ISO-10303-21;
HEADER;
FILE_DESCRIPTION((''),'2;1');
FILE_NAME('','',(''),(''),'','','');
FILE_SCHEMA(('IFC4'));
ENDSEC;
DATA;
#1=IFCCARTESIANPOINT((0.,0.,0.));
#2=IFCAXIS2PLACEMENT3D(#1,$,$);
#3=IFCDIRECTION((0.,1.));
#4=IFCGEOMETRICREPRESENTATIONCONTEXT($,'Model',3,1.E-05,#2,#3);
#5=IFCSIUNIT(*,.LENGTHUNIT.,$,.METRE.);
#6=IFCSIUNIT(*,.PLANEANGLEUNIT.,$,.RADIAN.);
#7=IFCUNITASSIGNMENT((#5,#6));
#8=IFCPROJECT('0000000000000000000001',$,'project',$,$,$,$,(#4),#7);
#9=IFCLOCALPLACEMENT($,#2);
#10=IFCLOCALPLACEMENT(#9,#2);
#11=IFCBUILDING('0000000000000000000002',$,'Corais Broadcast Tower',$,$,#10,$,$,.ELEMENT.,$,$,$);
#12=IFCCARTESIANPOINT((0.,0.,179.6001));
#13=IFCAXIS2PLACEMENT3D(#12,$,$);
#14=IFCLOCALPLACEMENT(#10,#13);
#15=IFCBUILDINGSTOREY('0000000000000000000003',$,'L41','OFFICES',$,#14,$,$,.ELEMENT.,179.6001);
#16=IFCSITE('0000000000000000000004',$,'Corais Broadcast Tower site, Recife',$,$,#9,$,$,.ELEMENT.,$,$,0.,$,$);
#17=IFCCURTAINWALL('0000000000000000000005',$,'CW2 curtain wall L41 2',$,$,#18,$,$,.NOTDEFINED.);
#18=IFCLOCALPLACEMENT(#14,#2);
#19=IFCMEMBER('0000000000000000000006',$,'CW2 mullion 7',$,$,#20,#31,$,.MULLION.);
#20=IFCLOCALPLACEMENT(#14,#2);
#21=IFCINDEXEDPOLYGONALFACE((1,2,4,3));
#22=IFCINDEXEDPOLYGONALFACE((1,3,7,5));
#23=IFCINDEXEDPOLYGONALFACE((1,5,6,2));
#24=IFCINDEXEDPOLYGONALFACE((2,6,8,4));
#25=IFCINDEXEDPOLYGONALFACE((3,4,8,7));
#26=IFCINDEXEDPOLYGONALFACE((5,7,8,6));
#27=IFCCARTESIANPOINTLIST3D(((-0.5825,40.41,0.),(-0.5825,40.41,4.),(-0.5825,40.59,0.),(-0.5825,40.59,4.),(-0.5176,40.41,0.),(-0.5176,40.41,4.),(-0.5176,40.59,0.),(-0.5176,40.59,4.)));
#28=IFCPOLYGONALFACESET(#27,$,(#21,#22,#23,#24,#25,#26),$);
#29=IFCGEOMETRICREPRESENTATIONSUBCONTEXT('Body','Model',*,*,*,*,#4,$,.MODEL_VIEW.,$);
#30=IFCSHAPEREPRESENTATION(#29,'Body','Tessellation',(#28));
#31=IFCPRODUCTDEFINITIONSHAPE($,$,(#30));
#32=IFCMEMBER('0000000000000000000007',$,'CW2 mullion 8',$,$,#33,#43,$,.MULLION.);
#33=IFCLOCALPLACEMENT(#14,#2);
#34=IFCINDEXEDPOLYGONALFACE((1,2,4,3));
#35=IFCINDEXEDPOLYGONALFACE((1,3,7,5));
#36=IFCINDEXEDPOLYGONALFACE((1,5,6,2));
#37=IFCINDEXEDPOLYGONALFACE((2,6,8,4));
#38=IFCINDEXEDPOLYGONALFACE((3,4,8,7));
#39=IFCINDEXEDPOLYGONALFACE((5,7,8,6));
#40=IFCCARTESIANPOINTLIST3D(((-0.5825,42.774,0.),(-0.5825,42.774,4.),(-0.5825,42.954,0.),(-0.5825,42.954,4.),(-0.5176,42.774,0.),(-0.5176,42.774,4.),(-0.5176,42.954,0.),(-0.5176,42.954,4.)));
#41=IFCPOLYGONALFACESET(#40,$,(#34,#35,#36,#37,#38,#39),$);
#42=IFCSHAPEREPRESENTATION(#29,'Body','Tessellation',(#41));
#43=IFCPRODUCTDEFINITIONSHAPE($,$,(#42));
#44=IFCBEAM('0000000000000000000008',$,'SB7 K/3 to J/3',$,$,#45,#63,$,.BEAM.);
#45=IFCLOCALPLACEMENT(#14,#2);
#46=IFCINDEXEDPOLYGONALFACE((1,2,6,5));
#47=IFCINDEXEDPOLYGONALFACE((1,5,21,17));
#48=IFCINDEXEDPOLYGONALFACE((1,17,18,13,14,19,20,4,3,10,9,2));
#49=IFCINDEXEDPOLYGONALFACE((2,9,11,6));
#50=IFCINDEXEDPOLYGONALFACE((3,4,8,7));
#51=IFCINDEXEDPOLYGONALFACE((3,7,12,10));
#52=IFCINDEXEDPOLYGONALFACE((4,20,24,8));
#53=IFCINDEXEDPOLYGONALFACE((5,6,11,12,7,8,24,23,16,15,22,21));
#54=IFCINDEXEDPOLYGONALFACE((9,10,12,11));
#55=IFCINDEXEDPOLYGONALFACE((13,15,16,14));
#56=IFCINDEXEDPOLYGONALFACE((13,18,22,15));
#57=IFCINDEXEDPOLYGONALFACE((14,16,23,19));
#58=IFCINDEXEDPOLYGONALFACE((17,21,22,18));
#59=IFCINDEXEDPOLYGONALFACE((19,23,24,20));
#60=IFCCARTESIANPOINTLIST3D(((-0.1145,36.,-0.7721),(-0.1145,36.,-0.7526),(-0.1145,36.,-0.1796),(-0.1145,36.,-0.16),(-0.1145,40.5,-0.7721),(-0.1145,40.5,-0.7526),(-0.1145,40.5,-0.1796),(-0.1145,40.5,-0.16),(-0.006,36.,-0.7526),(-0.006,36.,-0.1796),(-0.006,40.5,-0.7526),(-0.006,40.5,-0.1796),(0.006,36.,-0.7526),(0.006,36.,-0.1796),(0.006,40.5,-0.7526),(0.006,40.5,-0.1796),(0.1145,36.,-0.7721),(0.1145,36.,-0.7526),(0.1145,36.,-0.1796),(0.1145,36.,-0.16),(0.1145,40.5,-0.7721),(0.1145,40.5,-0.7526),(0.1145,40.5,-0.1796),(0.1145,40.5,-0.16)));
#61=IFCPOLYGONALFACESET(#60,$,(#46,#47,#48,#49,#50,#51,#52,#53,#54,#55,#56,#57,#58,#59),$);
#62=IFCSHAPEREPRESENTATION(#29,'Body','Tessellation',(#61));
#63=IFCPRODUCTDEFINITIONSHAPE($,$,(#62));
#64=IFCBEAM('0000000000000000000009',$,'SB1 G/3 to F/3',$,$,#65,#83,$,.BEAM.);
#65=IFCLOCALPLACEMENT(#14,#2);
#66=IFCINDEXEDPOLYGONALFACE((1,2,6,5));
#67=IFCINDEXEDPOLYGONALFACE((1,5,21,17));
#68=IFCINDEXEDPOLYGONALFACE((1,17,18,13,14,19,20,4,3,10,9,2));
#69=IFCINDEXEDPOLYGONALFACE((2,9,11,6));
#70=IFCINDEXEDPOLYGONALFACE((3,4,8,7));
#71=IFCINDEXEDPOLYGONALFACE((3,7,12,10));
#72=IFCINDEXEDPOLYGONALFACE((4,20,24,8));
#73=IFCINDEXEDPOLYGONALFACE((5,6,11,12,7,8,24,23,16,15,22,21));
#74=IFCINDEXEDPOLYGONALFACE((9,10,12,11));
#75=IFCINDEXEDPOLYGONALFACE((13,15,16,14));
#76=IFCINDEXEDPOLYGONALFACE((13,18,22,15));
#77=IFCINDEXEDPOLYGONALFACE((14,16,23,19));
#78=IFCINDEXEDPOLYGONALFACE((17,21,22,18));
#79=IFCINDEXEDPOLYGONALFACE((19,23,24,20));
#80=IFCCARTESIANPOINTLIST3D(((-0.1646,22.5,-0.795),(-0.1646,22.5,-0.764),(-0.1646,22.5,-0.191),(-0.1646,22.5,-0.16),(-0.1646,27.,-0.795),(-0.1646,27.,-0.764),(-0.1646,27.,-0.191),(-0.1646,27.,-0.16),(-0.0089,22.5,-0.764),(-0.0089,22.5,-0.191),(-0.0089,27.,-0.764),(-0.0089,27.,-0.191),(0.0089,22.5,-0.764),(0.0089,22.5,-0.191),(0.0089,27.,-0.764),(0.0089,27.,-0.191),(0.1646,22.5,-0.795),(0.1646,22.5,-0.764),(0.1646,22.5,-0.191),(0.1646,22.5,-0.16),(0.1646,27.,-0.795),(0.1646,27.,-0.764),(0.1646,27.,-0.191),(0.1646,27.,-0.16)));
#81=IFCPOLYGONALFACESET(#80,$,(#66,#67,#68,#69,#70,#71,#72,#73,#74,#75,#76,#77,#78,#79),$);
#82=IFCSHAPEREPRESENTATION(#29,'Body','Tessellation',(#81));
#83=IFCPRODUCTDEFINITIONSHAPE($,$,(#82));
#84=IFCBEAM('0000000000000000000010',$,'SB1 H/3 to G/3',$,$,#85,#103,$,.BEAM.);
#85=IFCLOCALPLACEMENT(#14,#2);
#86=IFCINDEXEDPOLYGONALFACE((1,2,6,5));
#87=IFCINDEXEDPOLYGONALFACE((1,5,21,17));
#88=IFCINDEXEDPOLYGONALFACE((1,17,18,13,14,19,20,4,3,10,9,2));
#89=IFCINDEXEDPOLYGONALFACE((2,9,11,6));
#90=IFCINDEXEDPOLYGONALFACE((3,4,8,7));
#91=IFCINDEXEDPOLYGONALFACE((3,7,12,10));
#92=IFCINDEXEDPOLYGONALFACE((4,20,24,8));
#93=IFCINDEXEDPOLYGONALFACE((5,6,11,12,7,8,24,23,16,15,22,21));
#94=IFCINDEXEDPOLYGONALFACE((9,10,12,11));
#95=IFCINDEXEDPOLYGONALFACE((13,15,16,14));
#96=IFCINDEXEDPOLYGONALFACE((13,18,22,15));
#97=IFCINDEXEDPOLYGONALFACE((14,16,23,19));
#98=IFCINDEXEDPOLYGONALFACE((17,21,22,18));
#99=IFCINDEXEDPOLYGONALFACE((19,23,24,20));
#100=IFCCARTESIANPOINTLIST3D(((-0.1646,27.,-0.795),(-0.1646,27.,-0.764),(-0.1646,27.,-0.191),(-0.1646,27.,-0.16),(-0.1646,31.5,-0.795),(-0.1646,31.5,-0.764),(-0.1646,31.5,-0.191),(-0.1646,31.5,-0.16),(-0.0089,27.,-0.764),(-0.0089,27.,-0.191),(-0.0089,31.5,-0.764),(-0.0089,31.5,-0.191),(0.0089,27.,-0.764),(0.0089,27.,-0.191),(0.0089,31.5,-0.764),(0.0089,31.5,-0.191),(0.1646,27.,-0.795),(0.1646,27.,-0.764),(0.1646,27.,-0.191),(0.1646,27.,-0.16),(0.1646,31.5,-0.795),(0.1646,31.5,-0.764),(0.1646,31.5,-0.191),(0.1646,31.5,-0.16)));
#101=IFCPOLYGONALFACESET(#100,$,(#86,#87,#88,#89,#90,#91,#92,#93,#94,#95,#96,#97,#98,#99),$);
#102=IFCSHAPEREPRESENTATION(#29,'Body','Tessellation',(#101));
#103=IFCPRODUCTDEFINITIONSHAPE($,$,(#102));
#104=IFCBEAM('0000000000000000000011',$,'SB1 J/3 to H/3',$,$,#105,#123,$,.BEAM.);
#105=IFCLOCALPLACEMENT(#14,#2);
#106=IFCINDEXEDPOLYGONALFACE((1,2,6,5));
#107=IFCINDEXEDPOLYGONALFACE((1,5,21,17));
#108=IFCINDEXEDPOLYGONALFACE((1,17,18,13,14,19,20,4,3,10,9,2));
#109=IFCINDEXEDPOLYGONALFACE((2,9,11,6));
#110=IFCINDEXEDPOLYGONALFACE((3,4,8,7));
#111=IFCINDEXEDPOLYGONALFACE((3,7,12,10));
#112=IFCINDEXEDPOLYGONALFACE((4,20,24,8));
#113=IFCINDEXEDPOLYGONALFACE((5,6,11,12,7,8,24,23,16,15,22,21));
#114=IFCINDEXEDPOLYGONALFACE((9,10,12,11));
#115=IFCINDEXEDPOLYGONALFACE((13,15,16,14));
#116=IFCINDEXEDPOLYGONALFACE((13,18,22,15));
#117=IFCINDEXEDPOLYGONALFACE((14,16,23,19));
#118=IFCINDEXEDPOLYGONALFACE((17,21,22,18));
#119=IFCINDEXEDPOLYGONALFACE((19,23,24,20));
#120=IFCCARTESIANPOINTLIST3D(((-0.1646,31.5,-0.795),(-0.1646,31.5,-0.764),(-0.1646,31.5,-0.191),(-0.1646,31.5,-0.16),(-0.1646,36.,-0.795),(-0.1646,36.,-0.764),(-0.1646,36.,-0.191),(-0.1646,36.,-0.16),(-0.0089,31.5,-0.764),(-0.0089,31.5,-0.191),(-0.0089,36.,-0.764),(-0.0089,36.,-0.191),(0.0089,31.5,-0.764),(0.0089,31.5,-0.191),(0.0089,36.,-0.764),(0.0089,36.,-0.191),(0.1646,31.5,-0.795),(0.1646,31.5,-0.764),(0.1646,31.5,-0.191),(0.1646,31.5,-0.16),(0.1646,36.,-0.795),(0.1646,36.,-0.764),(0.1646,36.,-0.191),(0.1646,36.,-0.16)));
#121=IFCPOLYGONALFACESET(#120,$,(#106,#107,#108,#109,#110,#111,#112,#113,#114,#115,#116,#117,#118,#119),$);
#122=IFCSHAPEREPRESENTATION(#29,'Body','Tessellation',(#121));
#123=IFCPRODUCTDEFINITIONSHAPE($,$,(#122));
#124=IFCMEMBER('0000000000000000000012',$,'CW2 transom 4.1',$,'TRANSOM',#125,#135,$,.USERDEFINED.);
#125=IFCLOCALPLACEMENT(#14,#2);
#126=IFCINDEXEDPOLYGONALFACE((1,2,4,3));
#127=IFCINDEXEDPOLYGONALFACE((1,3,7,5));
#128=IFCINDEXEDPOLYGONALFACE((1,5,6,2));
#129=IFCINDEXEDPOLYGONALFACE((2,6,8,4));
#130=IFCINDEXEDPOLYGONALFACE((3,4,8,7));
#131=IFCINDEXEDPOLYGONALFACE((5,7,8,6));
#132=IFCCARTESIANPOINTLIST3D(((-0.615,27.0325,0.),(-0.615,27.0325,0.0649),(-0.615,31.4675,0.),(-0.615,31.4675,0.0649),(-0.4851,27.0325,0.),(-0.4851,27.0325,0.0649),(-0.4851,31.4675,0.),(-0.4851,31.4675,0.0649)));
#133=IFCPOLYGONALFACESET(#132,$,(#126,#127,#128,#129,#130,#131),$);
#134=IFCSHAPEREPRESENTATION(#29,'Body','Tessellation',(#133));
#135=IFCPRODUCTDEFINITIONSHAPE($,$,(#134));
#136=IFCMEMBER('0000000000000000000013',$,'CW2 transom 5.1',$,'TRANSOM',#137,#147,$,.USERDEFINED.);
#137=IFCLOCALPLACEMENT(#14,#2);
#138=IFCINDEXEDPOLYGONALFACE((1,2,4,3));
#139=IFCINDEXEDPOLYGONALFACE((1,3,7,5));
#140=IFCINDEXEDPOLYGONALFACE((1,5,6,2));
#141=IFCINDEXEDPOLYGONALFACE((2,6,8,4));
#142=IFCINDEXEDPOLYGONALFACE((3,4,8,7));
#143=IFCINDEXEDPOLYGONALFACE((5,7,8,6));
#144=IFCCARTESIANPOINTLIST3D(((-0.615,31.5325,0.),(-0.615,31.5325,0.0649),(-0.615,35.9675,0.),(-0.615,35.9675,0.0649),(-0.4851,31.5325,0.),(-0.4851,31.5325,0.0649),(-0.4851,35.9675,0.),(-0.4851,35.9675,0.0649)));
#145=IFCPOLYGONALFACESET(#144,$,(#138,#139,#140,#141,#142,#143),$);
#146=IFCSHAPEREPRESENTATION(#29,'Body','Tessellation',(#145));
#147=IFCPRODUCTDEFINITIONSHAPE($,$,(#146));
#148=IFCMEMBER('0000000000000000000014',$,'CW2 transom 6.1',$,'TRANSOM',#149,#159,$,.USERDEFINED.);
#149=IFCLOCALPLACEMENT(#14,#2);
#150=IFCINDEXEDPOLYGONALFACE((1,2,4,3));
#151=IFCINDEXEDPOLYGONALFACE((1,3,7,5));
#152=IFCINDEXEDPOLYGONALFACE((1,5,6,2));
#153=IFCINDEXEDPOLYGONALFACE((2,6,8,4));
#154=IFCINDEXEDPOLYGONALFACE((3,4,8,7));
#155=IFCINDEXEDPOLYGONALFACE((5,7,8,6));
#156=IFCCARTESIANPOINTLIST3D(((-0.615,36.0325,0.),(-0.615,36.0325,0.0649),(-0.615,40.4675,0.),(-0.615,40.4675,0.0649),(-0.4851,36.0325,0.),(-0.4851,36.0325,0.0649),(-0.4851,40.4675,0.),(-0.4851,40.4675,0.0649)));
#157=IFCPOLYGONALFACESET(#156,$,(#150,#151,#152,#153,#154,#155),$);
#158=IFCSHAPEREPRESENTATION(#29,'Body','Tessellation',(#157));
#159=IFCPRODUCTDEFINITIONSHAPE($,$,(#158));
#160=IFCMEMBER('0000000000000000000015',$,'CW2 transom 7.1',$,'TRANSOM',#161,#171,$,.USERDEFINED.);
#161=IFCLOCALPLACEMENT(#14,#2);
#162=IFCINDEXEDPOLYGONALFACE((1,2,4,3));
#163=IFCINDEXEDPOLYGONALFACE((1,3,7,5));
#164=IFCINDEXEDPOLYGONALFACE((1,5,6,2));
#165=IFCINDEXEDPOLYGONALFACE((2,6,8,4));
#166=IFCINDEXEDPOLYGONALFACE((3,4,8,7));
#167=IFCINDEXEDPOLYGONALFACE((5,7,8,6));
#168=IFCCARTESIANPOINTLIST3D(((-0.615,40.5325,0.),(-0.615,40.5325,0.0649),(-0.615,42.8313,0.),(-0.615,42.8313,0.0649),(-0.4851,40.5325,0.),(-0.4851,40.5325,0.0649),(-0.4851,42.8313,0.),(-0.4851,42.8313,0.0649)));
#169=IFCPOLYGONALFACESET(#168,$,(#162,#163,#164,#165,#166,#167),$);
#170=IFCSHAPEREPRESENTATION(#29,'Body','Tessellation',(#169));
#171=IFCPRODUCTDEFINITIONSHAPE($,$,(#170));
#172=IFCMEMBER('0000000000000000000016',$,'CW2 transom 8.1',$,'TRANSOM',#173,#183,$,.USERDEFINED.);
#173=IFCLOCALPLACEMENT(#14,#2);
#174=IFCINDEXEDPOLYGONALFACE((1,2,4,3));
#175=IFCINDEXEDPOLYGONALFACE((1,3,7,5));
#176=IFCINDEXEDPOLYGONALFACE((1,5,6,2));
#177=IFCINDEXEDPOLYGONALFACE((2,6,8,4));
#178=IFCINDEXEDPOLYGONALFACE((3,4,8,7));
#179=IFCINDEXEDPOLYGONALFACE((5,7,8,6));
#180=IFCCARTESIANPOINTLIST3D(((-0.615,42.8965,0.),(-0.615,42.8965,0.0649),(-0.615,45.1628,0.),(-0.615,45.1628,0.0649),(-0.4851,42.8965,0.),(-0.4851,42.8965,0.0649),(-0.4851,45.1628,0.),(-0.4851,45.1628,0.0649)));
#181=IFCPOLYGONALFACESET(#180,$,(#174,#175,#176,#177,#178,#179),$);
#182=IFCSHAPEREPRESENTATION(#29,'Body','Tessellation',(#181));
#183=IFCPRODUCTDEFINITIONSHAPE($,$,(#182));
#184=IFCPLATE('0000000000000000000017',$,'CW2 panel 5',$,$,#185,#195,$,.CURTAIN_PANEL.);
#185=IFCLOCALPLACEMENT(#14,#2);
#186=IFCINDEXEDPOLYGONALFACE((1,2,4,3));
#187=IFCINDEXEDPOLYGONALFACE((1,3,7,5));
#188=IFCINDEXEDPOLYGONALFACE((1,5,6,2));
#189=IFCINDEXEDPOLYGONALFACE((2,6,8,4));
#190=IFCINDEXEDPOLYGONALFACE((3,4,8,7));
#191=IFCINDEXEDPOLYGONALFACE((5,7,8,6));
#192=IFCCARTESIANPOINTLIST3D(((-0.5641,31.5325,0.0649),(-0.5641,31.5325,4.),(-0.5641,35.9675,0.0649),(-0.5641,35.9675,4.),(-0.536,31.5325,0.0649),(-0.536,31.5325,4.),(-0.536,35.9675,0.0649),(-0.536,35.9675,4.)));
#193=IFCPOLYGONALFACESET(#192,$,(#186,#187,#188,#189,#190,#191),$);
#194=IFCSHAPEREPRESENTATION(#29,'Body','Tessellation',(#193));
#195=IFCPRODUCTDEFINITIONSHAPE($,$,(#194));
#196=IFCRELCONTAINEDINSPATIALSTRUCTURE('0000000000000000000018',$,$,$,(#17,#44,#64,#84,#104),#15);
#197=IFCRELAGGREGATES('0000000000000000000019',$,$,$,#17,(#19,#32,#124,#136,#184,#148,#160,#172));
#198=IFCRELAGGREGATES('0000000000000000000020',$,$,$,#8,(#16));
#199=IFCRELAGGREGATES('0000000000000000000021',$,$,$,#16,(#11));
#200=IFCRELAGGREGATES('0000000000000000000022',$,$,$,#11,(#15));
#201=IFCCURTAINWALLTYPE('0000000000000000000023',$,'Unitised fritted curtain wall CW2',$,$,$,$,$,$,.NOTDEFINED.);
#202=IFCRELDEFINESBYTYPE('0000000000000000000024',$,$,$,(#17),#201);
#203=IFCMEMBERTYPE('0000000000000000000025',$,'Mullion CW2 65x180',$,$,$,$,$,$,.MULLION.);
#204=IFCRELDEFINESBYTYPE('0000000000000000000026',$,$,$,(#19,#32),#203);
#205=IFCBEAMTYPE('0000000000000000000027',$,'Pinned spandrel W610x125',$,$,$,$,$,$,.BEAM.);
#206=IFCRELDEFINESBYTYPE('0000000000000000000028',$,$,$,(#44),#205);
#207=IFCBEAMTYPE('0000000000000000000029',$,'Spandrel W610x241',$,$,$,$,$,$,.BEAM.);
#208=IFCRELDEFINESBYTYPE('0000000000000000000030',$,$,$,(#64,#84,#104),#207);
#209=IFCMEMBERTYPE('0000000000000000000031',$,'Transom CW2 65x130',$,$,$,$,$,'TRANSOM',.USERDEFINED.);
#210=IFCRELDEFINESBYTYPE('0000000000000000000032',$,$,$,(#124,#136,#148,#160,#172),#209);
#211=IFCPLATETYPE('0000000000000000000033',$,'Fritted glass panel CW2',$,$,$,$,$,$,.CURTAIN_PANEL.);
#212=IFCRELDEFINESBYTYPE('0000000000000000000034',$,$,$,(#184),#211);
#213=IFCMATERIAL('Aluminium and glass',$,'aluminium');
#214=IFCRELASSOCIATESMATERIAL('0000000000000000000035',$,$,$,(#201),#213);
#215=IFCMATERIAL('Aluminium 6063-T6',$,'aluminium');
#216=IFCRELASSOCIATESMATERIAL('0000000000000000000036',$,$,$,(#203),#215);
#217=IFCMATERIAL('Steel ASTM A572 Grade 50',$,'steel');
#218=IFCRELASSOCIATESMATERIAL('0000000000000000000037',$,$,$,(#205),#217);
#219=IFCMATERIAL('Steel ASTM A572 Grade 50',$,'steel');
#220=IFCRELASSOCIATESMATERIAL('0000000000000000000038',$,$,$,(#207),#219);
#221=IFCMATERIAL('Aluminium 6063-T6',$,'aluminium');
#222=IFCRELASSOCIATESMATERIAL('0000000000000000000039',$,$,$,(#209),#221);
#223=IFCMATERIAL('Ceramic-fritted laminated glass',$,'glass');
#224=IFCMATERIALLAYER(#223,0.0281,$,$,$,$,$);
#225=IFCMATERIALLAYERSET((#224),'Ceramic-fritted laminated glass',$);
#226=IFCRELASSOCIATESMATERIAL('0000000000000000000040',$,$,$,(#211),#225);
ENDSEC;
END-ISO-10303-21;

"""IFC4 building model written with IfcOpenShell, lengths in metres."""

from ifc_helpers import new_model, si_unit, direction, frame, origin, origin_2d, place, context, subcontext, project, spatial, rectangle, i_section, extrude, material, layer, layer_set, material_profile, profile_set, type_object, element, aggregate, save


model = new_model("IFC4")

# Units and contexts
model_context = context("Model", 3, precision=1e-05, world=origin(), true_north=direction((0.0, 1.0)))
body_context = subcontext(model_context, "Body", "Model", "MODEL_VIEW")
ifc_project = project(units=[si_unit("LENGTHUNIT", "METRE"), si_unit("PLANEANGLEUNIT", "RADIAN")], contexts=[model_context])

# Site, building, storey
site_placement = place(None, origin())
site = spatial("IfcSite", under=ifc_project, at=site_placement, Name="Corais Broadcast Tower site, Recife", CompositionType="ELEMENT", RefElevation=0.0)
building_placement = place(site_placement, origin())
building = spatial("IfcBuilding", under=site, at=building_placement, Name="Corais Broadcast Tower", CompositionType="ELEMENT")
storey_placement = place(building_placement, frame((0.0, 0.0, 179.6001)))
storey = spatial("IfcBuildingStorey", under=building, at=storey_placement, Name="L41", Description="OFFICES", CompositionType="ELEMENT", Elevation=179.6001)

# Curtain wall, members
ifc_material_1 = material(Name="Aluminium and glass", Category="aluminium")
curtain_wall_type = type_object("IfcCurtainWallType", Name="Unitised fritted curtain wall CW2", PredefinedType="NOTDEFINED", material=ifc_material_1)
curtain_wall_placement = place(storey_placement, origin())
curtain_wall = element("IfcCurtainWall", 1, at=curtain_wall_placement, inside=storey, type_object=curtain_wall_type, Name="CW2 curtain wall L41 2", PredefinedType="NOTDEFINED")
ifc_material_2 = material(Name="Aluminium 6063-T6", Category="aluminium")
ifc_material_profile_1 = material_profile(ifc_material_2, rectangle(XDim=0.0649, YDim=0.1799, at=origin_2d()), Name="Mullion CW2 65x180")
ifc_profile_set_1 = profile_set([ifc_material_profile_1], Name="Aluminium 6063-T6")
member_type_1 = type_object("IfcMemberType", Name="Mullion CW2 65x180", PredefinedType="MULLION", material=ifc_profile_set_1)
member_1_placement = place(storey_placement, frame((-0.55, 40.5, 0.0), z_axis=(0.0, 0.0, 1.0), x_axis=(-1.0, 0.0, 0.0)))
member_1 = element("IfcMember", 2, at=member_1_placement, type_object=member_type_1, Name="CW2 mullion 7", PredefinedType="MULLION", context=body_context, shape_type="SweptSolid", body=[
    extrude(rectangle(XDim=0.0649, YDim=0.1799, at=origin_2d()), origin(), (0.0, 0.0, 1.0), 4.0),
])
member_2_placement = place(storey_placement, frame((-0.55, 42.864, 0.0), z_axis=(0.0, 0.0, 1.0), x_axis=(-1.0, 0.0, 0.0)))
member_2 = element("IfcMember", 3, at=member_2_placement, type_object=member_type_1, Name="CW2 mullion 8", PredefinedType="MULLION", context=body_context, shape_type="SweptSolid", body=[
    extrude(rectangle(XDim=0.0649, YDim=0.1799, at=origin_2d()), origin(), (0.0, 0.0, 1.0), 4.0),
])

# Beams
ifc_material_3 = material(Name="Steel ASTM A572 Grade 50", Category="steel")
ifc_material_profile_2 = material_profile(ifc_material_3, i_section(OverallWidth=0.229, OverallDepth=0.6121, WebThickness=0.012, FlangeThickness=0.0195, at=origin_2d()), Name="W610x125")
ifc_profile_set_2 = profile_set([ifc_material_profile_2], Name="Steel ASTM A572 Grade 50")
beam_type_1 = type_object("IfcBeamType", Name="Pinned spandrel W610x125", PredefinedType="BEAM", material=ifc_profile_set_2)
beam_placement = place(storey_placement, frame((0.0, 40.5, -0.4661), z_axis=(0.0, -1.0, 0.0), x_axis=(1.0, 0.0, 0.0)))
element("IfcBeam", 4, at=beam_placement, inside=storey, type_object=beam_type_1, Name="SB7 K/3 to J/3", PredefinedType="BEAM", context=body_context, shape_type="SweptSolid", body=[
    extrude(i_section(OverallWidth=0.229, OverallDepth=0.6121, WebThickness=0.012, FlangeThickness=0.0195, at=origin_2d()), origin(), (0.0, 0.0, 1.0), 4.5),
])
ifc_material_4 = material(Name="Steel ASTM A572 Grade 50", Category="steel")
ifc_material_profile_3 = material_profile(ifc_material_4, i_section(OverallWidth=0.3291, OverallDepth=0.635, WebThickness=0.0178, FlangeThickness=0.031, at=origin_2d()), Name="W610x241")
ifc_profile_set_3 = profile_set([ifc_material_profile_3], Name="Steel ASTM A572 Grade 50")
beam_type_2 = type_object("IfcBeamType", Name="Spandrel W610x241", PredefinedType="BEAM", material=ifc_profile_set_3)
for number, where, z_axis, x_axis, name in (
    (5, (0.0, 27.0, -0.4775), (0.0, -1.0, 0.0), (1.0, 0.0, 0.0), "SB1 G/3 to F/3"),
    (6, (0.0, 31.5, -0.4775), (0.0, -1.0, 0.0), (1.0, 0.0, 0.0), "SB1 H/3 to G/3"),
    (7, (0.0, 36.0, -0.4775), (0.0, -1.0, 0.0), (1.0, 0.0, 0.0), "SB1 J/3 to H/3"),
):
    element("IfcBeam", number, at=place(storey_placement, frame(where, z_axis=z_axis, x_axis=x_axis)), inside=storey, type_object=beam_type_2, Name=name, PredefinedType="BEAM", context=body_context, shape_type="SweptSolid", body=[
        extrude(i_section(OverallWidth=0.3291, OverallDepth=0.635, WebThickness=0.0178, FlangeThickness=0.031, at=origin_2d()), origin(), (0.0, 0.0, 1.0), 4.5),
    ])

# Members
ifc_material_5 = material(Name="Aluminium 6063-T6", Category="aluminium")
ifc_material_profile_4 = material_profile(ifc_material_5, rectangle(XDim=0.1299, YDim=0.0649, at=origin_2d()), Name="Transom CW2 65x130")
ifc_profile_set_4 = profile_set([ifc_material_profile_4], Name="Aluminium 6063-T6")
member_type_2 = type_object("IfcMemberType", Name="Transom CW2 65x130", ElementType="TRANSOM", PredefinedType="USERDEFINED", material=ifc_profile_set_4)
member_3_placement = place(storey_placement, frame((-0.55, 27.0325, 0.0325), z_axis=(0.0, 1.0, 0.0), x_axis=(-1.0, 0.0, 0.0)))
member_3 = element("IfcMember", 8, at=member_3_placement, type_object=member_type_2, Name="CW2 transom 4.1", ObjectType="TRANSOM", PredefinedType="USERDEFINED", context=body_context, shape_type="SweptSolid", body=[
    extrude(rectangle(XDim=0.1299, YDim=0.0649, at=origin_2d()), origin(), (0.0, 0.0, 1.0), 4.4351),
])
member_4_placement = place(storey_placement, frame((-0.55, 31.5325, 0.0325), z_axis=(0.0, 1.0, 0.0), x_axis=(-1.0, 0.0, 0.0)))
member_4 = element("IfcMember", 9, at=member_4_placement, type_object=member_type_2, Name="CW2 transom 5.1", ObjectType="TRANSOM", PredefinedType="USERDEFINED", context=body_context, shape_type="SweptSolid", body=[
    extrude(rectangle(XDim=0.1299, YDim=0.0649, at=origin_2d()), origin(), (0.0, 0.0, 1.0), 4.4351),
])
member_5_placement = place(storey_placement, frame((-0.55, 36.0325, 0.0325), z_axis=(0.0, 1.0, 0.0), x_axis=(-1.0, 0.0, 0.0)))
member_5 = element("IfcMember", 10, at=member_5_placement, type_object=member_type_2, Name="CW2 transom 6.1", ObjectType="TRANSOM", PredefinedType="USERDEFINED", context=body_context, shape_type="SweptSolid", body=[
    extrude(rectangle(XDim=0.1299, YDim=0.0649, at=origin_2d()), origin(), (0.0, 0.0, 1.0), 4.4351),
])
member_6_placement = place(storey_placement, frame((-0.55, 40.5325, 0.0325), z_axis=(0.0, 1.0, 0.0), x_axis=(-1.0, 0.0, 0.0)))
member_6 = element("IfcMember", 11, at=member_6_placement, type_object=member_type_2, Name="CW2 transom 7.1", ObjectType="TRANSOM", PredefinedType="USERDEFINED", context=body_context, shape_type="SweptSolid", body=[
    extrude(rectangle(XDim=0.1299, YDim=0.0649, at=origin_2d()), origin(), (0.0, 0.0, 1.0), 2.2988),
])
member_7_placement = place(storey_placement, frame((-0.55, 42.8965, 0.0325), z_axis=(0.0, 1.0, 0.0), x_axis=(-1.0, 0.0, 0.0)))
member_7 = element("IfcMember", 12, at=member_7_placement, type_object=member_type_2, Name="CW2 transom 8.1", ObjectType="TRANSOM", PredefinedType="USERDEFINED", context=body_context, shape_type="SweptSolid", body=[
    extrude(rectangle(XDim=0.1299, YDim=0.0649, at=origin_2d()), origin(), (0.0, 0.0, 1.0), 2.2664),
])

# Plate
ifc_material_6 = material(Name="Ceramic-fritted laminated glass", Category="glass")
ifc_layer_1 = layer(ifc_material_6, 0.0281)
ifc_layer_set_1 = layer_set([ifc_layer_1], Name="Ceramic-fritted laminated glass")
plate_type_1 = type_object("IfcPlateType", Name="Fritted glass panel CW2", PredefinedType="CURTAIN_PANEL", material=ifc_layer_set_1)
plate_1_placement = place(storey_placement, frame((-0.55, 33.75, 0.0649), z_axis=(0.0, 0.0, 1.0), x_axis=(0.0, 1.0, 0.0)))
plate_1 = element("IfcPlate", 13, at=plate_1_placement, type_object=plate_type_1, Name="CW2 panel 5", PredefinedType="CURTAIN_PANEL", context=body_context, shape_type="SweptSolid", body=[
    extrude(rectangle(XDim=4.4351, YDim=0.0281, at=origin_2d()), origin(), (0.0, 0.0, 1.0), 3.9351),
])
aggregate(curtain_wall, [member_1, member_2, member_3, member_4, plate_1, member_5, member_6, member_7])

save(model, "model.ifc")
